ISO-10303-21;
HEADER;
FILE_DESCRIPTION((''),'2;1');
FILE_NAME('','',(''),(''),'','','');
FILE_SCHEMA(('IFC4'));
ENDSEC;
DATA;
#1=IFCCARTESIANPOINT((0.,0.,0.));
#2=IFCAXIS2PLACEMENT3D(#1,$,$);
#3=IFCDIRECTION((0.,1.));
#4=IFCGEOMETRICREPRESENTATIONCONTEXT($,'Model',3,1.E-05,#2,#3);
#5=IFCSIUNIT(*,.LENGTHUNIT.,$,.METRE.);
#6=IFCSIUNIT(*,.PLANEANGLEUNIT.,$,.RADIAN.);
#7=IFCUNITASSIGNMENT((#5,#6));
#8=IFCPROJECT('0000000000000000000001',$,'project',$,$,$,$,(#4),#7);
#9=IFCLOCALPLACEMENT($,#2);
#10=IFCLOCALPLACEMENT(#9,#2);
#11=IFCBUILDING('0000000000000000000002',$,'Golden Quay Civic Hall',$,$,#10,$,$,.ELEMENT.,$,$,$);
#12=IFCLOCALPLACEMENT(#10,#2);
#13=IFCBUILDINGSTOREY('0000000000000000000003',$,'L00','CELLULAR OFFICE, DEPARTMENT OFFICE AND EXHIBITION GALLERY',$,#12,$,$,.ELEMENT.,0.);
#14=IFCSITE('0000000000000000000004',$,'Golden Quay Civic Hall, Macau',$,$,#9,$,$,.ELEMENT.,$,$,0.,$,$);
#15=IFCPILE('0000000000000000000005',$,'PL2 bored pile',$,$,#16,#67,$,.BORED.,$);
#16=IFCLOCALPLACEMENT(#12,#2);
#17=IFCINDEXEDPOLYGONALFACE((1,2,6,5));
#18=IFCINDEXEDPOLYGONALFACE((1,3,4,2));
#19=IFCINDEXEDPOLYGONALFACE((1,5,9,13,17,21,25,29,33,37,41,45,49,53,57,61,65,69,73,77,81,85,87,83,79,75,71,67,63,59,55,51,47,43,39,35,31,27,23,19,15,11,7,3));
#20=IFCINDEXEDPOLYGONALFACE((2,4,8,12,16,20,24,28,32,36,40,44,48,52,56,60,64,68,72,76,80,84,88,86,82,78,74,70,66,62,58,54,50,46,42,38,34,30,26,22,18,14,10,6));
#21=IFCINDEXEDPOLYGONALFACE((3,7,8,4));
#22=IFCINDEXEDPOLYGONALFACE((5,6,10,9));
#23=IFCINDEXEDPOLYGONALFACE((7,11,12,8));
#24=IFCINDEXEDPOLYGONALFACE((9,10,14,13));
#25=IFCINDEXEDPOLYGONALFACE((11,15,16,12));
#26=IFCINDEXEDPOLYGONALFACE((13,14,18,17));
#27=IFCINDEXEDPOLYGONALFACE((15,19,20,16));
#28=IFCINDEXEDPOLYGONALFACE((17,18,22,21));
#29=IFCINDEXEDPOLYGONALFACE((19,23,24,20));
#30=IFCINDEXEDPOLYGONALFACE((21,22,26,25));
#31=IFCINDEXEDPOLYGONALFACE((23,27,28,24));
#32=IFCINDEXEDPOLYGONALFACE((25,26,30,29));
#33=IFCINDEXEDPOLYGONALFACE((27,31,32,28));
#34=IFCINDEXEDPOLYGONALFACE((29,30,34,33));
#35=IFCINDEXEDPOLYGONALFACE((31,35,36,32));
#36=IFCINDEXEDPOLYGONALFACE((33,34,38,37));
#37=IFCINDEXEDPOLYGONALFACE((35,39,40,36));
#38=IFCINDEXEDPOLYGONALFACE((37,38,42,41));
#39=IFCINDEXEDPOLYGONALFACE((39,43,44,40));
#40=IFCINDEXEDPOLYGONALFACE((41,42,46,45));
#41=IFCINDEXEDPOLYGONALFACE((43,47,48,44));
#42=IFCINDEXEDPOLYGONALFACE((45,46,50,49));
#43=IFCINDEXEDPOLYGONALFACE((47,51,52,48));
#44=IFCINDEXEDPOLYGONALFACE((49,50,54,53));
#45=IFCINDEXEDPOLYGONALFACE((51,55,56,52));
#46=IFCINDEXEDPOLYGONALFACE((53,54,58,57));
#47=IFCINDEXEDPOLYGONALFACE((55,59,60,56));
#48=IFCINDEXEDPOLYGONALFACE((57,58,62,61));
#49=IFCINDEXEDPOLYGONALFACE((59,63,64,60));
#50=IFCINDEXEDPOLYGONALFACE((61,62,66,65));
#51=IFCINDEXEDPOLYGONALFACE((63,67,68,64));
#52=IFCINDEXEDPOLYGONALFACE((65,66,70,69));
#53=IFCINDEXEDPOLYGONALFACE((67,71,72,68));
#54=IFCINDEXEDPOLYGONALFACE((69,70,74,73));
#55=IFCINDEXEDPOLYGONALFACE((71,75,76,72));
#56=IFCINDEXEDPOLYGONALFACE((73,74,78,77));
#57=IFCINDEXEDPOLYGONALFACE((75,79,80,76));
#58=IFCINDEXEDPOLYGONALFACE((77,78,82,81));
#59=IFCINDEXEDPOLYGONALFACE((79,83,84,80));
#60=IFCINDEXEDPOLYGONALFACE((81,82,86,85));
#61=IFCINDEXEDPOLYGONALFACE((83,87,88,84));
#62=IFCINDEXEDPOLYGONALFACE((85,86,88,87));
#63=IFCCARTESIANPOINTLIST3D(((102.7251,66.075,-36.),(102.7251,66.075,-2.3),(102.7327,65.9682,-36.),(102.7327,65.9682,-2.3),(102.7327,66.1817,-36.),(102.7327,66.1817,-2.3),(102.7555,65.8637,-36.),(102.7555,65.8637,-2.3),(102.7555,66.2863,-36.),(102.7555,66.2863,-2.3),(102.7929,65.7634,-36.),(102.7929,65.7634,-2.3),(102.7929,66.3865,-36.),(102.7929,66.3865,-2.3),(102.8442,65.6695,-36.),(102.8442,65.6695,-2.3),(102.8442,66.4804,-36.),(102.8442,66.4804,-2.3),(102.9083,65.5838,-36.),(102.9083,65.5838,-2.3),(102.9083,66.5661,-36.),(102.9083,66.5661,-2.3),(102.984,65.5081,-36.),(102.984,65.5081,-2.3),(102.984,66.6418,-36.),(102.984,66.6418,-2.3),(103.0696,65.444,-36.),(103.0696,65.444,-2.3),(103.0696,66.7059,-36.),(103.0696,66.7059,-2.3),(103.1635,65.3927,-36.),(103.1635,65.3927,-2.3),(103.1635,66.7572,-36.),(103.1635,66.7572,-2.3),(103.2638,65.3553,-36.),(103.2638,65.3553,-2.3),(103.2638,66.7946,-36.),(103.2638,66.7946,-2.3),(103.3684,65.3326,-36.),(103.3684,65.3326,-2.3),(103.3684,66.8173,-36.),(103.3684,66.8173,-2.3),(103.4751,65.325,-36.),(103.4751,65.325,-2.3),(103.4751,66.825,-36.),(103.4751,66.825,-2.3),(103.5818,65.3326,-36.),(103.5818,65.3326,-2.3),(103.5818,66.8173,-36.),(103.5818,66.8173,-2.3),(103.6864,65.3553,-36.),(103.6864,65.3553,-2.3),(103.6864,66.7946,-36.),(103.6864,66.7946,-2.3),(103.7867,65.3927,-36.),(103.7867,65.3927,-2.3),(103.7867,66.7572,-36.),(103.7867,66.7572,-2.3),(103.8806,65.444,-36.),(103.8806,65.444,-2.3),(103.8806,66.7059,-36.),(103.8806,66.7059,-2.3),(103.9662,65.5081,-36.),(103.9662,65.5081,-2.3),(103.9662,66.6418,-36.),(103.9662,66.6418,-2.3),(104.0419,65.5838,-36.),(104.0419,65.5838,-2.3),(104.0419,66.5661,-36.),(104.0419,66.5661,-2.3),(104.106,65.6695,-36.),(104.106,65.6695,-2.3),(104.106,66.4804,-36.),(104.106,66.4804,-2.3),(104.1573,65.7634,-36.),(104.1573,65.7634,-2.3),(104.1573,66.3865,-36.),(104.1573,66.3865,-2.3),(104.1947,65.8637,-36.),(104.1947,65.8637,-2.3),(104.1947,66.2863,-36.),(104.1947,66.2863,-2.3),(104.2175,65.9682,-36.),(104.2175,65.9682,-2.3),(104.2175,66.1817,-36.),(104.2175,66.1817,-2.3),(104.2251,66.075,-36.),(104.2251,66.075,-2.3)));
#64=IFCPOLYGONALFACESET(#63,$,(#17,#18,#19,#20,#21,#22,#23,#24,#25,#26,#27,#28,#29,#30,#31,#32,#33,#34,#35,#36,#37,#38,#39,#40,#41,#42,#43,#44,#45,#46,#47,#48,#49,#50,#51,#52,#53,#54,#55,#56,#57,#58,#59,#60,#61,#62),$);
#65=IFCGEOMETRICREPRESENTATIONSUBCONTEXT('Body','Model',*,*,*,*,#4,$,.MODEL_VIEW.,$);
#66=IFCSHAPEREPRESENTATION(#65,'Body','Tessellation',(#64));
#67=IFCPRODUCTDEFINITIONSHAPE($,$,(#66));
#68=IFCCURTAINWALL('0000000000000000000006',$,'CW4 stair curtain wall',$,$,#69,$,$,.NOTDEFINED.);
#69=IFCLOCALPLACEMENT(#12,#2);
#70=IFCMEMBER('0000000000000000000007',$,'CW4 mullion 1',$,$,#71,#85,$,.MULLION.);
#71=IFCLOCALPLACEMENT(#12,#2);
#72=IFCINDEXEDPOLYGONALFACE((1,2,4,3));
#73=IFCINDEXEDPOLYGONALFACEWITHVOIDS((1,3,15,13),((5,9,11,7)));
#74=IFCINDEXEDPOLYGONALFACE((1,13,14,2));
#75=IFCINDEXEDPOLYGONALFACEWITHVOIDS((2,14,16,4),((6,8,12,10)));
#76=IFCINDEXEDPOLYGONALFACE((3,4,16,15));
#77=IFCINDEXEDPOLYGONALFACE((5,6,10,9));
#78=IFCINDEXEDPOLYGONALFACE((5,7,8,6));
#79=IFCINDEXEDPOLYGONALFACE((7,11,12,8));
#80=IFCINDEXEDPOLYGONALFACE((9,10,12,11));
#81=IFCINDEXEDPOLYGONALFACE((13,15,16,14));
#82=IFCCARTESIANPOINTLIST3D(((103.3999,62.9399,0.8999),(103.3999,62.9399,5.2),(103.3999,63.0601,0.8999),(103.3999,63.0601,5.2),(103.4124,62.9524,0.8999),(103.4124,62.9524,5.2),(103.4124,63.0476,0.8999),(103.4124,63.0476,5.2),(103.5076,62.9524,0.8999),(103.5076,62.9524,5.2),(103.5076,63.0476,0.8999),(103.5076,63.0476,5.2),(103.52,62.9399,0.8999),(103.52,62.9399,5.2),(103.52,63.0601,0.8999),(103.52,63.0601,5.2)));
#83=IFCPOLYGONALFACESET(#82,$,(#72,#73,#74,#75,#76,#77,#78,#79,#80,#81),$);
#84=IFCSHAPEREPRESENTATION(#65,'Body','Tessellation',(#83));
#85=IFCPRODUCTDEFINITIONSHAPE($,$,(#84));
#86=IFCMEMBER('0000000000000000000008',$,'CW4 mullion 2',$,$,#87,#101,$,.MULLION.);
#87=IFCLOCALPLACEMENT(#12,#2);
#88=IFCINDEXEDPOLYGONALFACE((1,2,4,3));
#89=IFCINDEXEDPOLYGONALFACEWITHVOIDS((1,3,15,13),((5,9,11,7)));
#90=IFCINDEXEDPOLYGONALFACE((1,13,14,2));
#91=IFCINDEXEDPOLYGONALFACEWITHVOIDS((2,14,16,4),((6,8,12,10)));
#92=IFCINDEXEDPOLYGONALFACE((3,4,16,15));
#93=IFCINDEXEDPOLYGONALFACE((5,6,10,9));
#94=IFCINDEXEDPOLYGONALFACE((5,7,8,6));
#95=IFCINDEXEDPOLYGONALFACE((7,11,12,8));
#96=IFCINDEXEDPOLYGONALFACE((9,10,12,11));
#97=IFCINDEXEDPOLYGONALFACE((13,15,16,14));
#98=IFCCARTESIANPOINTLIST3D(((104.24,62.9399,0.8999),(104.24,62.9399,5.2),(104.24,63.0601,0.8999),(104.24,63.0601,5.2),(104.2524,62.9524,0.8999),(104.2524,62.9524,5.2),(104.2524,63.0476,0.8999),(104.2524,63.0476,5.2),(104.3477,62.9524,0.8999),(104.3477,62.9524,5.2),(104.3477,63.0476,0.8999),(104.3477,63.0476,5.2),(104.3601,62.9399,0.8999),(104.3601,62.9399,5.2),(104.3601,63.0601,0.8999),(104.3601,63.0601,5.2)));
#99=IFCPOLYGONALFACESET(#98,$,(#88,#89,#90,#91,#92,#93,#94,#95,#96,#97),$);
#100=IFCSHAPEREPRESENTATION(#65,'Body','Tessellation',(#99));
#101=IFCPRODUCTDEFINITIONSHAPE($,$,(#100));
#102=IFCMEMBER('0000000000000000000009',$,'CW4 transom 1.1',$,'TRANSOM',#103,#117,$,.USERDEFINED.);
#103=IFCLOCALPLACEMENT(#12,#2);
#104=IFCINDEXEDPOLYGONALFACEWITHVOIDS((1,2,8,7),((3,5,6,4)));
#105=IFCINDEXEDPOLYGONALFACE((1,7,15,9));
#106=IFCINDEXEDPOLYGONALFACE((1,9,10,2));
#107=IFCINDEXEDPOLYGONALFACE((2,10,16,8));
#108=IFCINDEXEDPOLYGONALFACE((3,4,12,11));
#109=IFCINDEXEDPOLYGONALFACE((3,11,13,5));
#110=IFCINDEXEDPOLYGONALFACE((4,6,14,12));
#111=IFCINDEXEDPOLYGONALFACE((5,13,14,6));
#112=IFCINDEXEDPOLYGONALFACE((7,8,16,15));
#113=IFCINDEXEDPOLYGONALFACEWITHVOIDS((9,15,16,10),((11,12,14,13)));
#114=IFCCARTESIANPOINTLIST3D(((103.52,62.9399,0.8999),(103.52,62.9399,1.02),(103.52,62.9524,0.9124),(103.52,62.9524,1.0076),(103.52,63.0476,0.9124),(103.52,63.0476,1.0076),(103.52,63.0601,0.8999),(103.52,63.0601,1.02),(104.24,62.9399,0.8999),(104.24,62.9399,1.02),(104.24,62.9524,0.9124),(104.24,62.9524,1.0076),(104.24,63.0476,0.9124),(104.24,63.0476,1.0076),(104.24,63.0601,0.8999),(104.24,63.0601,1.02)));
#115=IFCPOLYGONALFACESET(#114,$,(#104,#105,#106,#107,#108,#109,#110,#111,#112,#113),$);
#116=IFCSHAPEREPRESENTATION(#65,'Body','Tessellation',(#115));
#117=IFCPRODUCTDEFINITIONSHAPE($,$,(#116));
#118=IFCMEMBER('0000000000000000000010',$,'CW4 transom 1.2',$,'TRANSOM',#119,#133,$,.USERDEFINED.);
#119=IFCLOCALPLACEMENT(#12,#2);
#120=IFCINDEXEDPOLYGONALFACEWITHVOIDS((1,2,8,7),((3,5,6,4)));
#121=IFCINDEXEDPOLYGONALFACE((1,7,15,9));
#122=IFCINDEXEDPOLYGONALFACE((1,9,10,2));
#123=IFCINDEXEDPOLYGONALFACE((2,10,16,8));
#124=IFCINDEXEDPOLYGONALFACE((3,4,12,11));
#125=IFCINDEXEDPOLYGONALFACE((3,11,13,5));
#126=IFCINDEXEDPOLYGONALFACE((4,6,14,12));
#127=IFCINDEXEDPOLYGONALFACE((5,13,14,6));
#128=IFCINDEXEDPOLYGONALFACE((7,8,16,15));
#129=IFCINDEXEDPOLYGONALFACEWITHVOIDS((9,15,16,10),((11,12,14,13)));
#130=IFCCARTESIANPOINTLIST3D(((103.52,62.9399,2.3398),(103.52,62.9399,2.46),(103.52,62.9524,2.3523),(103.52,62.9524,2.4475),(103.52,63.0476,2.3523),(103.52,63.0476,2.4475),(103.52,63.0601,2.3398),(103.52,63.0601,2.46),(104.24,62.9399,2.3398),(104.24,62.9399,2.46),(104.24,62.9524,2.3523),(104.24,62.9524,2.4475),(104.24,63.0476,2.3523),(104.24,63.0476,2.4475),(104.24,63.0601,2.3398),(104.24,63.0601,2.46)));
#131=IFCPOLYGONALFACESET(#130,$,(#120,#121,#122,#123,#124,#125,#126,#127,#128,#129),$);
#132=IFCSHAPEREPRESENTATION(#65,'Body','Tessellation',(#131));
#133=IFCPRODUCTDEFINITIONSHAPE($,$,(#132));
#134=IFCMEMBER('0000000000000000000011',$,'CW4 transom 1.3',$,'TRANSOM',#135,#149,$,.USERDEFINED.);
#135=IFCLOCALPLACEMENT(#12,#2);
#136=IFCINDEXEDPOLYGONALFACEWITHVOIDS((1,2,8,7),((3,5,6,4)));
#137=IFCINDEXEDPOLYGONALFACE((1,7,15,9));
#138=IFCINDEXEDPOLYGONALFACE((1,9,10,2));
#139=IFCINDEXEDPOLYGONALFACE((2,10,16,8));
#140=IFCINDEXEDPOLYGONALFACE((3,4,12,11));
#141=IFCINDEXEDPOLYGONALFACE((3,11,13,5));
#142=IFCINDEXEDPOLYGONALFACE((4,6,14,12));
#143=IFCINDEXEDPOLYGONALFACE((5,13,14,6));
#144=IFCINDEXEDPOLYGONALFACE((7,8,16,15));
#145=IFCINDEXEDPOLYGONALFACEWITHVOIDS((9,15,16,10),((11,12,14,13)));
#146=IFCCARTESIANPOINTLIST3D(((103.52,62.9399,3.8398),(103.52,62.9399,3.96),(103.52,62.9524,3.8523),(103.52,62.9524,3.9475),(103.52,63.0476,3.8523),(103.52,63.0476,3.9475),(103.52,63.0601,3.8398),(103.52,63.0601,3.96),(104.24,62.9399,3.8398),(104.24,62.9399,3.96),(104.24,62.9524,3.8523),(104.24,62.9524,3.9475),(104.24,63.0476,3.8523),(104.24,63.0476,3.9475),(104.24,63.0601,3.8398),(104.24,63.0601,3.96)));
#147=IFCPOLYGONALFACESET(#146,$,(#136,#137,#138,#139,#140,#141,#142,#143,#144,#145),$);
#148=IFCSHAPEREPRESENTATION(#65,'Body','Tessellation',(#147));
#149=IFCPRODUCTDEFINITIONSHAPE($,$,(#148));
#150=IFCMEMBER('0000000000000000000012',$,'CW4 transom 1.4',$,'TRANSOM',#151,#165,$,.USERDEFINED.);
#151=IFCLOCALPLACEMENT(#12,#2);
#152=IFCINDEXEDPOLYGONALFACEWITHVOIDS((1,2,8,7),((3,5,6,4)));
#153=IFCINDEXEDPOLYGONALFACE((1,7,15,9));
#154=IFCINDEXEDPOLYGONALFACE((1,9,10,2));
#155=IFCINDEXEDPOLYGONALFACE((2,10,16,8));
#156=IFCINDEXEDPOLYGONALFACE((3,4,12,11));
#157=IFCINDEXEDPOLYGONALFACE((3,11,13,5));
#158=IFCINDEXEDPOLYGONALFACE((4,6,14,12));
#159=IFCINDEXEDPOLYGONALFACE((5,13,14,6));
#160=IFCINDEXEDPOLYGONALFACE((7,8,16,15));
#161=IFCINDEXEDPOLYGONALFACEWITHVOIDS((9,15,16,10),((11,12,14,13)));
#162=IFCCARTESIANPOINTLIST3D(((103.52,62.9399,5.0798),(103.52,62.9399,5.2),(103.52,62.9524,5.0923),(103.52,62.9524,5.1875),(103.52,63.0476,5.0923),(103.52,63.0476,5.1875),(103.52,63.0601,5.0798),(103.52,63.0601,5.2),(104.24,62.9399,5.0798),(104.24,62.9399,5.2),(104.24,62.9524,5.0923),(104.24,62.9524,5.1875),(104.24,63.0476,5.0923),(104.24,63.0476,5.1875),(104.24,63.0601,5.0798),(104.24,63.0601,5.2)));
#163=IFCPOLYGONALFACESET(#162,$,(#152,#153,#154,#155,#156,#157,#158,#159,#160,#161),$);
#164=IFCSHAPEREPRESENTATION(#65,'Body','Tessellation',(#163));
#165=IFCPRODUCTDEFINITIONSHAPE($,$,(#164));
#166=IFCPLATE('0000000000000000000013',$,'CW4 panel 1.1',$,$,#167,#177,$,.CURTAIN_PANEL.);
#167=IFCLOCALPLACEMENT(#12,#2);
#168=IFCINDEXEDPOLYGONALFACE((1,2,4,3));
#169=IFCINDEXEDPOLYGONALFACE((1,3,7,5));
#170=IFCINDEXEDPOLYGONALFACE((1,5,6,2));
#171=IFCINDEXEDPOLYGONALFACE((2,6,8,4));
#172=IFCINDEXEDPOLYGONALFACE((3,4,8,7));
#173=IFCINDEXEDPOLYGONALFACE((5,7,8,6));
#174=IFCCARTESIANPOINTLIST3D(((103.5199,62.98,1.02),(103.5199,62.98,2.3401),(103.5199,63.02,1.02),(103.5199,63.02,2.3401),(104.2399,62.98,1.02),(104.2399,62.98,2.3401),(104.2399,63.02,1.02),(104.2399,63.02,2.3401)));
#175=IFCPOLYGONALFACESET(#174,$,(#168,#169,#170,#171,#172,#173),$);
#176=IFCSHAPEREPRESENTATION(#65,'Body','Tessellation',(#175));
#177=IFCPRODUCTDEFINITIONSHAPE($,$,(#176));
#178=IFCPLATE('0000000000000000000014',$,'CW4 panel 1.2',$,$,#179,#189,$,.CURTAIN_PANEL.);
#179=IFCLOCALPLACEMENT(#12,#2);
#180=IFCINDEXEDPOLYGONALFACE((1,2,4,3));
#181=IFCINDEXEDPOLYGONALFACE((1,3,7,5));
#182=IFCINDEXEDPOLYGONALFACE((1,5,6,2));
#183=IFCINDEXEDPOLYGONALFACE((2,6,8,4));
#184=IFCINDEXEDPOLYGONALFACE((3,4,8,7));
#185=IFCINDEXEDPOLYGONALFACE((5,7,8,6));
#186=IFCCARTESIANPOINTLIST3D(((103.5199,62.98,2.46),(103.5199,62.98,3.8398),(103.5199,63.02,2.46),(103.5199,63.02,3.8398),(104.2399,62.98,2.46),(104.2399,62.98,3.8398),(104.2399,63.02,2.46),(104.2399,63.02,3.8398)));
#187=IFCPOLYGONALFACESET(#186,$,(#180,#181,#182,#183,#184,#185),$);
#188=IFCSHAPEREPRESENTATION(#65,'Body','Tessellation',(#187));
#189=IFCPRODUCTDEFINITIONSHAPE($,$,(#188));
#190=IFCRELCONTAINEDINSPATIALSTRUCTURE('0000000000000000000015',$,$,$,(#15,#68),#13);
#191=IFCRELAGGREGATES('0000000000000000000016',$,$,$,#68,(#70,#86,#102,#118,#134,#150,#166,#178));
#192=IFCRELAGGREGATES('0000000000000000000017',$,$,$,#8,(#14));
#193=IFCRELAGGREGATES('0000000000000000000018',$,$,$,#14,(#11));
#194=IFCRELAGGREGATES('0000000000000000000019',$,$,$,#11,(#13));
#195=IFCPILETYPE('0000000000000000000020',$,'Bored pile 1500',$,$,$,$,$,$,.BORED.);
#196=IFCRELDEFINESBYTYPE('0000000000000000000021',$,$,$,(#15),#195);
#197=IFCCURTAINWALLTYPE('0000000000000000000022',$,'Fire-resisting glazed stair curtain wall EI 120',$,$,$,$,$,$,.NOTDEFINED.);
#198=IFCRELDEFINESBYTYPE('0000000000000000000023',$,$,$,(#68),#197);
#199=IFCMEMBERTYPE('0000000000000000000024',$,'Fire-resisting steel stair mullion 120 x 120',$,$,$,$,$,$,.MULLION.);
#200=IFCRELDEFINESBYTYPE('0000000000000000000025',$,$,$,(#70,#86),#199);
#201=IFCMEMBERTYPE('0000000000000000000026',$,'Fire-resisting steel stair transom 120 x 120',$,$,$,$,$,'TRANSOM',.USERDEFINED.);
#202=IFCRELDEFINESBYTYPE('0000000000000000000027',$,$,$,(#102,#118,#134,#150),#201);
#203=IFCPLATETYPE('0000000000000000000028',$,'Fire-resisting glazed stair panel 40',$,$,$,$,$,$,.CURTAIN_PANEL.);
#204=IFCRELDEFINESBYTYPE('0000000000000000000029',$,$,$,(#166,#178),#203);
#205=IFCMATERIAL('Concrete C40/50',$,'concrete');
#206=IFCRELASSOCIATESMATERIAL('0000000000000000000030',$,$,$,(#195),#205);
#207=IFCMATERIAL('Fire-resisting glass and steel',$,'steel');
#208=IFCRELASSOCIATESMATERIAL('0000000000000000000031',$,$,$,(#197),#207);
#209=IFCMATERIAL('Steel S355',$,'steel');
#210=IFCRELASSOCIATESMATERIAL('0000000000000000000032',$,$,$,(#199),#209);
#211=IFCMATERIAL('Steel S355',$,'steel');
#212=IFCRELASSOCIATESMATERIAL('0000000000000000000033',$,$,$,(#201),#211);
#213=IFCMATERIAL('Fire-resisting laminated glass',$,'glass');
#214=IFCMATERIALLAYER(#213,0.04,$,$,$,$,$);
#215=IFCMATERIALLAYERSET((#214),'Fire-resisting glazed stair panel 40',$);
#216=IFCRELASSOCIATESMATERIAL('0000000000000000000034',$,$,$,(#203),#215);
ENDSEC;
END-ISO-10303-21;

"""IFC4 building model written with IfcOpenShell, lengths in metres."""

from ifc_helpers import new_model, si_unit, direction, frame, origin, origin_2d, place, context, subcontext, project, spatial, rectangle, hollow_rectangle, circle, extrude, material, layer, layer_set, material_profile, profile_set, type_object, element, aggregate, save


model = new_model("IFC4")

# Units and contexts
model_context = context("Model", 3, precision=1e-05, world=origin(), true_north=direction((0.0, 1.0)))
body_context = subcontext(model_context, "Body", "Model", "MODEL_VIEW")
ifc_project = project(units=[si_unit("LENGTHUNIT", "METRE"), si_unit("PLANEANGLEUNIT", "RADIAN")], contexts=[model_context])

# Site, building, storey
site_placement = place(None, origin())
site = spatial("IfcSite", under=ifc_project, at=site_placement, Name="Golden Quay Civic Hall, Macau", CompositionType="ELEMENT", RefElevation=0.0)
building_placement = place(site_placement, origin())
building = spatial("IfcBuilding", under=site, at=building_placement, Name="Golden Quay Civic Hall", CompositionType="ELEMENT")
storey_placement = place(building_placement, origin())
storey = spatial("IfcBuildingStorey", under=building, at=storey_placement, Name="L00", Description="CELLULAR OFFICE, DEPARTMENT OFFICE AND EXHIBITION GALLERY", CompositionType="ELEMENT", Elevation=0.0)

# Pile
ifc_material_1 = material(Name="Concrete C40/50", Category="concrete")
ifc_material_profile_1 = material_profile(ifc_material_1, circle(Radius=0.75, at=origin_2d()), Name="RC D1500")
ifc_profile_set_1 = profile_set([ifc_material_profile_1], Name="Concrete C40/50")
pile_type = type_object("IfcPileType", Name="Bored pile 1500", PredefinedType="BORED", material=ifc_profile_set_1)
pile_placement = place(storey_placement, frame((103.4751, 66.075, -2.3), z_axis=(0.0, 0.0, -1.0), x_axis=(1.0, 0.0, 0.0)))
element("IfcPile", 1, at=pile_placement, inside=storey, type_object=pile_type, Name="PL2 bored pile", PredefinedType="BORED", context=body_context, shape_type="SweptSolid", body=[
    extrude(circle(Radius=0.75, at=origin_2d()), origin(), (0.0, 0.0, 1.0), 33.7),
])

# Curtain wall, members, plates
ifc_material_2 = material(Name="Fire-resisting glass and steel", Category="steel")
curtain_wall_type = type_object("IfcCurtainWallType", Name="Fire-resisting glazed stair curtain wall EI 120", PredefinedType="NOTDEFINED", material=ifc_material_2)
curtain_wall_placement = place(storey_placement, origin())
curtain_wall = element("IfcCurtainWall", 2, at=curtain_wall_placement, inside=storey, type_object=curtain_wall_type, Name="CW4 stair curtain wall", PredefinedType="NOTDEFINED")
ifc_material_3 = material(Name="Steel S355", Category="steel")
ifc_material_profile_2 = material_profile(ifc_material_3, hollow_rectangle(XDim=0.1201, YDim=0.1201, WallThickness=0.0125, at=origin_2d()), Name="SHS 120x120x12.5")
ifc_profile_set_2 = profile_set([ifc_material_profile_2], Name="Steel S355")
member_type_1 = type_object("IfcMemberType", Name="Fire-resisting steel stair mullion 120 x 120", PredefinedType="MULLION", material=ifc_profile_set_2)
member_1_placement = place(storey_placement, frame((103.46, 63.0, 0.8999), z_axis=(0.0, 0.0, 1.0), x_axis=(0.0, 1.0, 0.0)))
member_1 = element("IfcMember", 3, at=member_1_placement, type_object=member_type_1, Name="CW4 mullion 1", PredefinedType="MULLION", context=body_context, shape_type="SweptSolid", body=[
    extrude(hollow_rectangle(XDim=0.1201, YDim=0.1201, WallThickness=0.0125, at=origin_2d()), origin(), (0.0, 0.0, 1.0), 4.3),
])
member_2_placement = place(storey_placement, frame((104.3, 63.0, 0.8999), z_axis=(0.0, 0.0, 1.0), x_axis=(0.0, 1.0, 0.0)))
member_2 = element("IfcMember", 4, at=member_2_placement, type_object=member_type_1, Name="CW4 mullion 2", PredefinedType="MULLION", context=body_context, shape_type="SweptSolid", body=[
    extrude(hollow_rectangle(XDim=0.1201, YDim=0.1201, WallThickness=0.0125, at=origin_2d()), origin(), (0.0, 0.0, 1.0), 4.3),
])
ifc_material_4 = material(Name="Steel S355", Category="steel")
ifc_material_profile_3 = material_profile(ifc_material_4, hollow_rectangle(XDim=0.1201, YDim=0.1201, WallThickness=0.0125, at=origin_2d()), Name="SHS 120x120x12.5")
ifc_profile_set_3 = profile_set([ifc_material_profile_3], Name="Steel S355")
member_type_2 = type_object("IfcMemberType", Name="Fire-resisting steel stair transom 120 x 120", ElementType="TRANSOM", PredefinedType="USERDEFINED", material=ifc_profile_set_3)
member_3_placement = place(storey_placement, frame((103.52, 63.0, 0.96), z_axis=(1.0, 0.0, 0.0), x_axis=(0.0, 1.0, 0.0)))
member_3 = element("IfcMember", 5, at=member_3_placement, type_object=member_type_2, Name="CW4 transom 1.1", ObjectType="TRANSOM", PredefinedType="USERDEFINED", context=body_context, shape_type="SweptSolid", body=[
    extrude(hollow_rectangle(XDim=0.1201, YDim=0.1201, WallThickness=0.0125, at=origin_2d()), origin(), (0.0, 0.0, 1.0), 0.72),
])
member_4_placement = place(storey_placement, frame((103.52, 63.0, 2.3999), z_axis=(1.0, 0.0, 0.0), x_axis=(0.0, 1.0, 0.0)))
member_4 = element("IfcMember", 6, at=member_4_placement, type_object=member_type_2, Name="CW4 transom 1.2", ObjectType="TRANSOM", PredefinedType="USERDEFINED", context=body_context, shape_type="SweptSolid", body=[
    extrude(hollow_rectangle(XDim=0.1201, YDim=0.1201, WallThickness=0.0125, at=origin_2d()), origin(), (0.0, 0.0, 1.0), 0.72),
])
member_5_placement = place(storey_placement, frame((103.52, 63.0, 3.8999), z_axis=(1.0, 0.0, 0.0), x_axis=(0.0, 1.0, 0.0)))
member_5 = element("IfcMember", 7, at=member_5_placement, type_object=member_type_2, Name="CW4 transom 1.3", ObjectType="TRANSOM", PredefinedType="USERDEFINED", context=body_context, shape_type="SweptSolid", body=[
    extrude(hollow_rectangle(XDim=0.1201, YDim=0.1201, WallThickness=0.0125, at=origin_2d()), origin(), (0.0, 0.0, 1.0), 0.72),
])
member_6_placement = place(storey_placement, frame((103.52, 63.0, 5.1399), z_axis=(1.0, 0.0, 0.0), x_axis=(0.0, 1.0, 0.0)))
member_6 = element("IfcMember", 8, at=member_6_placement, type_object=member_type_2, Name="CW4 transom 1.4", ObjectType="TRANSOM", PredefinedType="USERDEFINED", context=body_context, shape_type="SweptSolid", body=[
    extrude(hollow_rectangle(XDim=0.1201, YDim=0.1201, WallThickness=0.0125, at=origin_2d()), origin(), (0.0, 0.0, 1.0), 0.72),
])
ifc_material_5 = material(Name="Fire-resisting laminated glass", Category="glass")
ifc_layer_1 = layer(ifc_material_5, 0.04)
ifc_layer_set_1 = layer_set([ifc_layer_1], Name="Fire-resisting glazed stair panel 40")
plate_type = type_object("IfcPlateType", Name="Fire-resisting glazed stair panel 40", PredefinedType="CURTAIN_PANEL", material=ifc_layer_set_1)
plate_1_placement = place(storey_placement, frame((103.8799, 63.0, 1.02), z_axis=(0.0, 0.0, 1.0), x_axis=(1.0, 0.0, 0.0)))
plate_1 = element("IfcPlate", 9, at=plate_1_placement, type_object=plate_type, Name="CW4 panel 1.1", PredefinedType="CURTAIN_PANEL", context=body_context, shape_type="SweptSolid", body=[
    extrude(rectangle(XDim=0.72, YDim=0.04, at=origin_2d()), origin(), (0.0, 0.0, 1.0), 1.3201),
])
plate_2_placement = place(storey_placement, frame((103.8799, 63.0, 2.46), z_axis=(0.0, 0.0, 1.0), x_axis=(1.0, 0.0, 0.0)))
plate_2 = element("IfcPlate", 10, at=plate_2_placement, type_object=plate_type, Name="CW4 panel 1.2", PredefinedType="CURTAIN_PANEL", context=body_context, shape_type="SweptSolid", body=[
    extrude(rectangle(XDim=0.72, YDim=0.04, at=origin_2d()), origin(), (0.0, 0.0, 1.0), 1.3799),
])
aggregate(curtain_wall, [member_1, member_2, member_3, member_4, member_5, member_6, plate_1, plate_2])

save(model, "model.ifc")
